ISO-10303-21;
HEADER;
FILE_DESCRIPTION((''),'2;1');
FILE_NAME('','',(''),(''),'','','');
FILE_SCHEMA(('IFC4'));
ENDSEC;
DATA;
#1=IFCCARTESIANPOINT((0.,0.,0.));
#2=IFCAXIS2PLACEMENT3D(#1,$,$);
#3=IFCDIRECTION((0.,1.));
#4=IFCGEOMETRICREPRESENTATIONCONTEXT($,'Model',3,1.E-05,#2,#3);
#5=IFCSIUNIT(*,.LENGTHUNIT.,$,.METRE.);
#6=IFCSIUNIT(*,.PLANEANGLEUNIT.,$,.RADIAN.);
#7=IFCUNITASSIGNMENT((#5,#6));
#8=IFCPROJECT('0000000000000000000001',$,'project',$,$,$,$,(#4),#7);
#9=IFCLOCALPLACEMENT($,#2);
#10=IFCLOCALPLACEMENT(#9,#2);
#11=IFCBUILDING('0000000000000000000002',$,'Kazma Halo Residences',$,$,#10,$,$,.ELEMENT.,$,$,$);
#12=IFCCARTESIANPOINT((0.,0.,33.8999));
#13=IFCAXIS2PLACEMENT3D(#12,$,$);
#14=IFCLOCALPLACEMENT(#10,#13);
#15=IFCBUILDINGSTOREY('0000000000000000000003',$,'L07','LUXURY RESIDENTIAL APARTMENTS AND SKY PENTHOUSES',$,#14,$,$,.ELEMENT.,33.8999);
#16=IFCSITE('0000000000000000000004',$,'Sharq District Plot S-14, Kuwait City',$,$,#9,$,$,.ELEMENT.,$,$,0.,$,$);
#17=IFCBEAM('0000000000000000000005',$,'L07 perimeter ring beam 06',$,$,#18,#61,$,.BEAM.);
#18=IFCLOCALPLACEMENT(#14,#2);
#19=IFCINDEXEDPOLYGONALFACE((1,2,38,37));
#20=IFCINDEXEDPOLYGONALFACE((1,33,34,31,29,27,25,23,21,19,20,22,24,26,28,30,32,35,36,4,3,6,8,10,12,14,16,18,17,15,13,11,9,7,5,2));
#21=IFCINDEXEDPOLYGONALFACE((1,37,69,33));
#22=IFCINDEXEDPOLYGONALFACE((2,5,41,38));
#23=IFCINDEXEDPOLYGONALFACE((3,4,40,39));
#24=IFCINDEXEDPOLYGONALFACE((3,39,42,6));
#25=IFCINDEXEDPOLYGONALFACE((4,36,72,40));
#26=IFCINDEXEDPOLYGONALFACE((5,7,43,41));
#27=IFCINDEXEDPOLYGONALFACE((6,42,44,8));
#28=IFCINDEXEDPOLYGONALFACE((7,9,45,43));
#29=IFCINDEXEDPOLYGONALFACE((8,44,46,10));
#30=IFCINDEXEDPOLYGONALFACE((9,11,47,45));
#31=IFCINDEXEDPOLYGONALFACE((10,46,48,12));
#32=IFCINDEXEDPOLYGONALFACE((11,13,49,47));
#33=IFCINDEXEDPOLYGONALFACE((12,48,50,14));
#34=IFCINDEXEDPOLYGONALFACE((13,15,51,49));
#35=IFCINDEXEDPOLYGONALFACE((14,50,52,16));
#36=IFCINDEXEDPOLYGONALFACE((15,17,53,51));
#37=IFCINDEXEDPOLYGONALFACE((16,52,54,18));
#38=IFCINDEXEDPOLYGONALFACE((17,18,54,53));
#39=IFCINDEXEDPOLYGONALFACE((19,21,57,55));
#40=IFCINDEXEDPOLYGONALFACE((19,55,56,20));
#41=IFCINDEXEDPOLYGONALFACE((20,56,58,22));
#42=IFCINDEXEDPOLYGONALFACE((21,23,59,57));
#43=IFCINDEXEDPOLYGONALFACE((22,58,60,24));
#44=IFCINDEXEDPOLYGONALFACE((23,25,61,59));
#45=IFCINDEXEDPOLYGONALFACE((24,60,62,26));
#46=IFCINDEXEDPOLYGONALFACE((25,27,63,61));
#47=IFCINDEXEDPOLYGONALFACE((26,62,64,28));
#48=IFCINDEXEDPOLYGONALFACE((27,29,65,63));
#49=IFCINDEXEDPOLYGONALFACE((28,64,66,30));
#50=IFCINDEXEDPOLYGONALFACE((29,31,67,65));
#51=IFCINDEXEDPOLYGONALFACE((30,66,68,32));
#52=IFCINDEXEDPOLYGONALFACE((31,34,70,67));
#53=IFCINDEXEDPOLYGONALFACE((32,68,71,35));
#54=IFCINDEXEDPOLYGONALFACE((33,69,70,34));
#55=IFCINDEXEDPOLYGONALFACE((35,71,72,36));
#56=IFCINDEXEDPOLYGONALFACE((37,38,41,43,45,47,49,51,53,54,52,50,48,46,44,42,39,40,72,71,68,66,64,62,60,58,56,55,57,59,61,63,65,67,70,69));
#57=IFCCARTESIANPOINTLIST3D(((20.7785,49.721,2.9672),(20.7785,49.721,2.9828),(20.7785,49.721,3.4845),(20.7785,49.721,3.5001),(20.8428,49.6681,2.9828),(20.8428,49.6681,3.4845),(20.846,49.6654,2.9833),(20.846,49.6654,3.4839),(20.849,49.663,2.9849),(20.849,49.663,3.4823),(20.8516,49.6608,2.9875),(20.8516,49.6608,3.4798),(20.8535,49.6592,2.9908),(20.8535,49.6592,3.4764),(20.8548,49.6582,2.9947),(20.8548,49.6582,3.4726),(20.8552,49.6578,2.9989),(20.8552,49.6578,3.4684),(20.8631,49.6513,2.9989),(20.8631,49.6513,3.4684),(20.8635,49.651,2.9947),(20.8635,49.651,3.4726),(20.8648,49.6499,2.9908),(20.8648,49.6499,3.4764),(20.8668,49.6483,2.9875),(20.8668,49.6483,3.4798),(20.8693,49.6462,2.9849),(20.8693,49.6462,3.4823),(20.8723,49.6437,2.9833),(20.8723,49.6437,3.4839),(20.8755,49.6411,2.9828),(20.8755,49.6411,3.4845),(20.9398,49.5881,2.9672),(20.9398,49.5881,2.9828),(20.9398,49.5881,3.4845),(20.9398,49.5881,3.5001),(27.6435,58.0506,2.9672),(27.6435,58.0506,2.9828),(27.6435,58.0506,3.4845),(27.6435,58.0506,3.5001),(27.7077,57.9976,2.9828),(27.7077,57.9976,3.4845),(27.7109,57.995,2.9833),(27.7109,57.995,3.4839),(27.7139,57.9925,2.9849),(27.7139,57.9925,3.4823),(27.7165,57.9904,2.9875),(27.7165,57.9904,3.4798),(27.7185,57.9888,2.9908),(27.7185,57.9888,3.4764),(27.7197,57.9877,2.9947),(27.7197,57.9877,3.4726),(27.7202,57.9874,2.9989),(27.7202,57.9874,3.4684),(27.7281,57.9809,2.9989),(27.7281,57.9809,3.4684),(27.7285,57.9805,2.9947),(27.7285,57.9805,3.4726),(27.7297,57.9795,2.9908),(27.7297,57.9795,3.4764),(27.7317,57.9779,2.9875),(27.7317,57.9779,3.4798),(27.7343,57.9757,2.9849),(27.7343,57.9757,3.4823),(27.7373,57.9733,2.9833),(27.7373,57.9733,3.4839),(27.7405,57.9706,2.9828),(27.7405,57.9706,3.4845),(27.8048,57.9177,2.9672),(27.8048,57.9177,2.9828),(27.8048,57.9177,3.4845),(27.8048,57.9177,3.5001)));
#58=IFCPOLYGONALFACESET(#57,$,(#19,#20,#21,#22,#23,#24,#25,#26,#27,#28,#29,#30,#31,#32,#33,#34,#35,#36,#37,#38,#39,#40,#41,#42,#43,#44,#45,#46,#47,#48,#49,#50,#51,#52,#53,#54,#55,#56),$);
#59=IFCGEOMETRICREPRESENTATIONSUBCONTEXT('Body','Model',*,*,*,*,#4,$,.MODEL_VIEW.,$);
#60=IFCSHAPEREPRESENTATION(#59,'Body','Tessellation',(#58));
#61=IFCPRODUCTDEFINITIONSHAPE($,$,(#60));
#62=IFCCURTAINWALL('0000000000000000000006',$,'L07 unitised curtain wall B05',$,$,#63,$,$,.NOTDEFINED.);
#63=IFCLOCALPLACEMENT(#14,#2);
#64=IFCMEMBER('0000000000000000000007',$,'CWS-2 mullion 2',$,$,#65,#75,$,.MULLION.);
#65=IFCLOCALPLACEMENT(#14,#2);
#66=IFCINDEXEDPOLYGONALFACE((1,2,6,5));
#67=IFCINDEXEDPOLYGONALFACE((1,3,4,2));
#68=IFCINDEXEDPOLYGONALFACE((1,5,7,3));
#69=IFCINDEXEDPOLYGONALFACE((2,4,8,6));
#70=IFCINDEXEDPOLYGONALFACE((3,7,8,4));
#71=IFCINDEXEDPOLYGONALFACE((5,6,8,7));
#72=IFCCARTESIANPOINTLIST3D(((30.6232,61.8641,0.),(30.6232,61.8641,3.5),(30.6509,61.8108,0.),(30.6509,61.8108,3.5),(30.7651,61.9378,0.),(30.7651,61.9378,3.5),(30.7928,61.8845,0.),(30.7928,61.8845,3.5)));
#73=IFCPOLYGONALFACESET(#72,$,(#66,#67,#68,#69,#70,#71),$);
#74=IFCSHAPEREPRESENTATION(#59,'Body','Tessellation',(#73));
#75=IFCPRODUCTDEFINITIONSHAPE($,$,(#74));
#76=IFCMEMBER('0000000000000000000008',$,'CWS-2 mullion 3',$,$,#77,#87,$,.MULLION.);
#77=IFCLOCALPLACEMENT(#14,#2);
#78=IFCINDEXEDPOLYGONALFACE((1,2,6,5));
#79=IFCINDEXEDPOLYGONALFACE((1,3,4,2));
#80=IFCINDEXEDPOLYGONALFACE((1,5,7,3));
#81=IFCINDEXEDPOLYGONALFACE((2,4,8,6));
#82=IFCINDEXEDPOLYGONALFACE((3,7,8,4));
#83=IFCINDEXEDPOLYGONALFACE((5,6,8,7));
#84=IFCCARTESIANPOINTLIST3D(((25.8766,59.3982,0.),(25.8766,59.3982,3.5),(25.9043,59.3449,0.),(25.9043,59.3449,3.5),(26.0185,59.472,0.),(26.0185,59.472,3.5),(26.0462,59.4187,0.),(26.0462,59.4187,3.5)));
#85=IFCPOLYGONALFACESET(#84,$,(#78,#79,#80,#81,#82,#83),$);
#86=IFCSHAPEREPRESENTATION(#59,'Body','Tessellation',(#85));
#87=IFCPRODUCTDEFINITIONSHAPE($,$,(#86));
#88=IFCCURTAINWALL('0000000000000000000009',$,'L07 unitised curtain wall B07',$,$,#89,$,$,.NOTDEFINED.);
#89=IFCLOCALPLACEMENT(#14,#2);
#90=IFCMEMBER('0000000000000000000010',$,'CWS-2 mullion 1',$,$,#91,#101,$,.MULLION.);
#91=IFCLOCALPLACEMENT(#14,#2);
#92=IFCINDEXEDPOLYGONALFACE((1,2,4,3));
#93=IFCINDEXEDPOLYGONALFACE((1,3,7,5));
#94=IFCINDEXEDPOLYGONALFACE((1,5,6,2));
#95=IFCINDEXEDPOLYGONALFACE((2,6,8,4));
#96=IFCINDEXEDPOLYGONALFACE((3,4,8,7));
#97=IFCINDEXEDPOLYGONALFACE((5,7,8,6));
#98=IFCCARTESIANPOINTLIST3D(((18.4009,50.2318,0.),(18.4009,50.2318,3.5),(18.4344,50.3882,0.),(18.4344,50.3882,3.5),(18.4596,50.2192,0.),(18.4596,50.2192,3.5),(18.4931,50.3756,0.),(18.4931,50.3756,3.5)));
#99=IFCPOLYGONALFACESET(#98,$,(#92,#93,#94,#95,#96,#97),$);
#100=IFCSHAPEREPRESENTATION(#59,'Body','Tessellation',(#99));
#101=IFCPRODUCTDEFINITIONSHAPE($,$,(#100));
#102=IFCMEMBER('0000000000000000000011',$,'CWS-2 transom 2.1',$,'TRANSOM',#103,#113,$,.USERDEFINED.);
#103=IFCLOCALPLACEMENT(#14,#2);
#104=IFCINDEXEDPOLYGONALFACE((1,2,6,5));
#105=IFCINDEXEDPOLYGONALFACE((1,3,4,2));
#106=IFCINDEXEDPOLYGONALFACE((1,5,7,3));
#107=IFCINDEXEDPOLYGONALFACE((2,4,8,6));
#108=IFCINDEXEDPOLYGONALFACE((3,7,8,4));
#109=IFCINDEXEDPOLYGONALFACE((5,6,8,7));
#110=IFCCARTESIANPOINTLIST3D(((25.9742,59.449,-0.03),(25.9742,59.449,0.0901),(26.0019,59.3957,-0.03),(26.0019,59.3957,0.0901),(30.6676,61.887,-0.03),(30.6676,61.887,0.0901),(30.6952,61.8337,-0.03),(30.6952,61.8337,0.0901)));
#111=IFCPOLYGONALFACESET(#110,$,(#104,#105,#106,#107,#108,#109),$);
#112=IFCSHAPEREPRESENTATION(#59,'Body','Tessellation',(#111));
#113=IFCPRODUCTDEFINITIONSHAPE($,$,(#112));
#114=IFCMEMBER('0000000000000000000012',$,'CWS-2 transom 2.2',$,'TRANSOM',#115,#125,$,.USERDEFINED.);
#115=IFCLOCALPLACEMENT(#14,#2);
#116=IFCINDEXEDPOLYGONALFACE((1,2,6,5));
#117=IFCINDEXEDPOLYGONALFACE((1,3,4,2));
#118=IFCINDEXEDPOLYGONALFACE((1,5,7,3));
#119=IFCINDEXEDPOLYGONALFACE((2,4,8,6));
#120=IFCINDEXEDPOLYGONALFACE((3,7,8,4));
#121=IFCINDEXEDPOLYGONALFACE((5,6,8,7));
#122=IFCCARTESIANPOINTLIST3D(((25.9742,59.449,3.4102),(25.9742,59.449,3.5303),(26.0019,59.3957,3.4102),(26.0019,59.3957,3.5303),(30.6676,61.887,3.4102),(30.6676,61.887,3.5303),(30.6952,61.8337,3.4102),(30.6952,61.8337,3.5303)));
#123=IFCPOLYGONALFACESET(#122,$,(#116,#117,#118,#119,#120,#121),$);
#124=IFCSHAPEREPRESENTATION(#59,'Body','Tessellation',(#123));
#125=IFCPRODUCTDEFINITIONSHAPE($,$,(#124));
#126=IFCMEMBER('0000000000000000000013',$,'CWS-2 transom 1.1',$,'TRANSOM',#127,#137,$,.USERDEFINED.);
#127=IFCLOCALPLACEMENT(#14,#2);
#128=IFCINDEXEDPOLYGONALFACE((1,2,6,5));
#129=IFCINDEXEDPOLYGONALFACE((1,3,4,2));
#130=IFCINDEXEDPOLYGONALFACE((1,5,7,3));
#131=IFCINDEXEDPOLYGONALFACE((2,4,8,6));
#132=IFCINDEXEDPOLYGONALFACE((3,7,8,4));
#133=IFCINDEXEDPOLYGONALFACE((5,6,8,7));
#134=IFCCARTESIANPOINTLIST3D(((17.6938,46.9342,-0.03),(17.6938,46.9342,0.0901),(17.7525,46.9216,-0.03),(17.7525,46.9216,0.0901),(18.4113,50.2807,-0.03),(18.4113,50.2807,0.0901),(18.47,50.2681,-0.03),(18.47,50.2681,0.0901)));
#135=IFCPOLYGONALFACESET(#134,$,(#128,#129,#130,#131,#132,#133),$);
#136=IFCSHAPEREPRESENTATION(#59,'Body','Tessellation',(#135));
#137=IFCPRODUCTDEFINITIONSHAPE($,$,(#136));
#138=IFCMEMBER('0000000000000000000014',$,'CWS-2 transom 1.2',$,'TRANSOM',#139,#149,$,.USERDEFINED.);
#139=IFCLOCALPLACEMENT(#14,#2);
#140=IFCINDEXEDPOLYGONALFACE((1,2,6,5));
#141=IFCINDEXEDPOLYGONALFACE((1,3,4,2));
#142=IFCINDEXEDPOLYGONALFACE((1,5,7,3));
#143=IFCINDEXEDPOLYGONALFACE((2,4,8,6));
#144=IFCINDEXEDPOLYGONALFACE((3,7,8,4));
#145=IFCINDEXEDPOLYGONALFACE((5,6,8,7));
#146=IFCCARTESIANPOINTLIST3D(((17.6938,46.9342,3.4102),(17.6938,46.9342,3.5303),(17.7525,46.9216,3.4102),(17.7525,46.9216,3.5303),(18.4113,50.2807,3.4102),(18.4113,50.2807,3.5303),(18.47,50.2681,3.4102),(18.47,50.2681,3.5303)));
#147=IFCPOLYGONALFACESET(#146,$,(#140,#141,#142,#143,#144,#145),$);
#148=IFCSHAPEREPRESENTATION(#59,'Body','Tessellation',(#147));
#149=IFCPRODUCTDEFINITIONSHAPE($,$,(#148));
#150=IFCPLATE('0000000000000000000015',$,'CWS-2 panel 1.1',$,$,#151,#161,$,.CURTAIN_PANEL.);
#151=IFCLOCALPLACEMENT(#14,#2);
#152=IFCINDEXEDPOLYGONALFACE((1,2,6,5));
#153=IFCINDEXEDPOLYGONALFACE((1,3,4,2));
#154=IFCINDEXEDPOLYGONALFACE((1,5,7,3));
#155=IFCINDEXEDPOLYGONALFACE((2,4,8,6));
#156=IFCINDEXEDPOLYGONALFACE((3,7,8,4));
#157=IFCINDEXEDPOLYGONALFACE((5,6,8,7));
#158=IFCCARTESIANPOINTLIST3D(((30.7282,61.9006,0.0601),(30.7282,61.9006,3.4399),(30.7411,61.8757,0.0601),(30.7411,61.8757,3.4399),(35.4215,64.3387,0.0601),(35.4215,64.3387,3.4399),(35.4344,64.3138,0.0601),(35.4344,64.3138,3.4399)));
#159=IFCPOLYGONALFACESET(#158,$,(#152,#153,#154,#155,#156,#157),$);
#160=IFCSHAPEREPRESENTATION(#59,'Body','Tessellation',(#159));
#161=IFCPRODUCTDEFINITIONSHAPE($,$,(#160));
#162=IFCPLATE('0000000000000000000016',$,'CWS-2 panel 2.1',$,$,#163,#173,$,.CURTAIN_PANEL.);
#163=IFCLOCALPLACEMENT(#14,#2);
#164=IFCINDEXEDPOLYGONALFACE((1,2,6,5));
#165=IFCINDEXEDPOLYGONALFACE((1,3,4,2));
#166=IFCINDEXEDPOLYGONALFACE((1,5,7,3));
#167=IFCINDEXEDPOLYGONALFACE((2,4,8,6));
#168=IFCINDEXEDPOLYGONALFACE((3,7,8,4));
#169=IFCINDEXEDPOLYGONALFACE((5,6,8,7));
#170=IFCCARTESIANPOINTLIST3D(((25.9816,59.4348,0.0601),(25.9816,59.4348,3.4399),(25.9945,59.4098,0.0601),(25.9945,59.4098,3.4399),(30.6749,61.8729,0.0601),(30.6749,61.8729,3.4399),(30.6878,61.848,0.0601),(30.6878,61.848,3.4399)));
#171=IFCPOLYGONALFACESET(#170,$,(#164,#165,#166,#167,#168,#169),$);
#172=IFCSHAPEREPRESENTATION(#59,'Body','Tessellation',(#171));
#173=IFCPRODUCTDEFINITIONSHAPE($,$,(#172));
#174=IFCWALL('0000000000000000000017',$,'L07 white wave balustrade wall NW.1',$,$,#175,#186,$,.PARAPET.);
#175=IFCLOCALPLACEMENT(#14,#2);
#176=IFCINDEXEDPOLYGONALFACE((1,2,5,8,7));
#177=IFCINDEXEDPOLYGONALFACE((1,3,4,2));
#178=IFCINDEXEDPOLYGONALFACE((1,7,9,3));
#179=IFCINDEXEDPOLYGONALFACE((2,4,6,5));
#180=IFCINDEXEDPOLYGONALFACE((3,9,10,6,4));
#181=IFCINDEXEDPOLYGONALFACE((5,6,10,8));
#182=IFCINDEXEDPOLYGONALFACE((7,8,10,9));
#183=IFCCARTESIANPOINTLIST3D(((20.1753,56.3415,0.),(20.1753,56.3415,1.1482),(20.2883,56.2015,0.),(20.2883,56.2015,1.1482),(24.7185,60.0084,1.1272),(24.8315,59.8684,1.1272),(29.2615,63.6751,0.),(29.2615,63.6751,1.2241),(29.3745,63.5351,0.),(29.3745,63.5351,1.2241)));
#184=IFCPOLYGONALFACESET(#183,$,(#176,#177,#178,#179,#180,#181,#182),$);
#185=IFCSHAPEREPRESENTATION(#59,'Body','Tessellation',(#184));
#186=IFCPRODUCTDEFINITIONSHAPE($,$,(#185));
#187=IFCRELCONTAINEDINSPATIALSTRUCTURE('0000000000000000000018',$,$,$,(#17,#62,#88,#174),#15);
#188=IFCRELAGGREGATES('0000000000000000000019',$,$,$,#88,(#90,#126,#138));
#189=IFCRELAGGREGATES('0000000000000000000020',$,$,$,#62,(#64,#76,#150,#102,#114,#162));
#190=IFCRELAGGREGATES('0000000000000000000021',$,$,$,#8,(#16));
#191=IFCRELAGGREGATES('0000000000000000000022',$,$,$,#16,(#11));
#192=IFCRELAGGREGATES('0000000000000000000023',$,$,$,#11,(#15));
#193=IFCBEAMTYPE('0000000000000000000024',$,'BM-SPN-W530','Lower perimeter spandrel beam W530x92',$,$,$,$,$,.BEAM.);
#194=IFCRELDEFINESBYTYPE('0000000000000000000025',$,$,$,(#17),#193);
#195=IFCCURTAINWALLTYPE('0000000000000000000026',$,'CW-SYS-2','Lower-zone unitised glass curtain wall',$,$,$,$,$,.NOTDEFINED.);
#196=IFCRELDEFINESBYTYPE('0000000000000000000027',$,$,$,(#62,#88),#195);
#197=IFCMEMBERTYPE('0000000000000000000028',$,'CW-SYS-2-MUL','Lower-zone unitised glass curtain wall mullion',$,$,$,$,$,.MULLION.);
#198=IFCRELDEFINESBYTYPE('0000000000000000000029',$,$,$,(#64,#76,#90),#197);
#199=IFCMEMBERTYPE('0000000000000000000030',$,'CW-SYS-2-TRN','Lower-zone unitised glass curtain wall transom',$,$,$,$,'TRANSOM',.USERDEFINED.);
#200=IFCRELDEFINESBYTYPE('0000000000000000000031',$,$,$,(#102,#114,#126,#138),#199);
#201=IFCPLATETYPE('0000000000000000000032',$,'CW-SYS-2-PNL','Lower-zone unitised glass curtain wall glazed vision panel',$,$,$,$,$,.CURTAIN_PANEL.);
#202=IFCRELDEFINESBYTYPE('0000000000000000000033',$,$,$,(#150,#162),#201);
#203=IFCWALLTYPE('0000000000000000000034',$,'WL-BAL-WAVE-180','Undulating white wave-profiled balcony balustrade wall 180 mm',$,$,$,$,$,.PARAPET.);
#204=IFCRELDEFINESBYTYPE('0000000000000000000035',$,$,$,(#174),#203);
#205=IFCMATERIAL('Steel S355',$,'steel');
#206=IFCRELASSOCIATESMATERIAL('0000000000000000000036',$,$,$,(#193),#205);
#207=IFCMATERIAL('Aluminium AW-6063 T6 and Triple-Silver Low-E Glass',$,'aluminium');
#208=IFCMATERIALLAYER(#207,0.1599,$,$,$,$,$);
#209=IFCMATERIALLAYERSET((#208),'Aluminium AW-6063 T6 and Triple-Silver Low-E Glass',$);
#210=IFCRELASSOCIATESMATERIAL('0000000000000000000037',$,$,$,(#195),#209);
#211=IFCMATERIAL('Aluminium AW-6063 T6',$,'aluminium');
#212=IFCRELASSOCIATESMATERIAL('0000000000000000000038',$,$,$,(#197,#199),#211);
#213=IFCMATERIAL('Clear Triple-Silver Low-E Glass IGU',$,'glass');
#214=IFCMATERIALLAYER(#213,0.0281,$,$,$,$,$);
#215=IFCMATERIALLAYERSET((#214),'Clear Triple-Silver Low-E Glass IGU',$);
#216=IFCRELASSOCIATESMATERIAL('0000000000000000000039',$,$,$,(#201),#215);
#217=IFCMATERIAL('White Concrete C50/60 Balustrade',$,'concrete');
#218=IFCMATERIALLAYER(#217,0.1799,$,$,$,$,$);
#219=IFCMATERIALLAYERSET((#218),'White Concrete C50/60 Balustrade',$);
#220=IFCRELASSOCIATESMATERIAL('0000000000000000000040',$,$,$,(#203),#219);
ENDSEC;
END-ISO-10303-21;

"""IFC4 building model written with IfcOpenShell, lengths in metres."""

from ifc_helpers import new_model, si_unit, direction, frame, origin, origin_2d, place, context, subcontext, project, spatial, polyline, rectangle, i_section, outline, extrude, material, layer, layer_set, material_profile, profile_set, type_object, element, aggregate, save


model = new_model("IFC4")

# Units and contexts
model_context = context("Model", 3, precision=1e-05, world=origin(), true_north=direction((0.0, 1.0)))
body_context = subcontext(model_context, "Body", "Model", "MODEL_VIEW")
ifc_project = project(units=[si_unit("LENGTHUNIT", "METRE"), si_unit("PLANEANGLEUNIT", "RADIAN")], contexts=[model_context])

# Site, building, storey
site_placement = place(None, origin())
site = spatial("IfcSite", under=ifc_project, at=site_placement, Name="Sharq District Plot S-14, Kuwait City", CompositionType="ELEMENT", RefElevation=0.0)
building_placement = place(site_placement, origin())
building = spatial("IfcBuilding", under=site, at=building_placement, Name="Kazma Halo Residences", CompositionType="ELEMENT")
storey_placement = place(building_placement, frame((0.0, 0.0, 33.8999)))
storey = spatial("IfcBuildingStorey", under=building, at=storey_placement, Name="L07", Description="LUXURY RESIDENTIAL APARTMENTS AND SKY PENTHOUSES", CompositionType="ELEMENT", Elevation=33.8999)

# Beam
ifc_material_1 = material(Name="Steel S355", Category="steel")
ifc_material_profile_1 = material_profile(ifc_material_1, i_section(OverallWidth=0.209, OverallDepth=0.533, WebThickness=0.0103, FlangeThickness=0.0156, FilletRadius=0.0161, at=origin_2d()), Name="W530x92")
ifc_profile_set_1 = profile_set([ifc_material_profile_1], Name="Steel S355")
beam_type_1 = type_object("IfcBeamType", Name="BM-SPN-W530", Description="Lower perimeter spandrel beam W530x92", PredefinedType="BEAM", material=ifc_profile_set_1)
beam_1_placement = place(storey_placement, frame((27.7241, 57.9841, 3.2336), z_axis=(-0.636001, -0.771688, 0.0), x_axis=(0.771688, -0.636001, 0.0)))
element("IfcBeam", 1, at=beam_1_placement, inside=storey, type_object=beam_type_1, Name="L07 perimeter ring beam 06", PredefinedType="BEAM", context=body_context, shape_type="SweptSolid", body=[
    extrude(i_section(OverallWidth=0.209, OverallDepth=0.533, WebThickness=0.0103, FlangeThickness=0.0156, FilletRadius=0.0161, at=origin_2d()), origin(), (0.0, 0.0, 1.0), 10.7939),
])

# Curtain wall, members
ifc_material_2 = material(Name="Aluminium AW-6063 T6 and Triple-Silver Low-E Glass", Category="aluminium")
ifc_layer_1 = layer(ifc_material_2, 0.1599)
ifc_layer_set_1 = layer_set([ifc_layer_1], Name="Aluminium AW-6063 T6 and Triple-Silver Low-E Glass")
curtain_wall_type = type_object("IfcCurtainWallType", Name="CW-SYS-2", Description="Lower-zone unitised glass curtain wall", PredefinedType="NOTDEFINED", material=ifc_layer_set_1)
curtain_wall_1_placement = place(storey_placement, origin())
curtain_wall_1 = element("IfcCurtainWall", 2, at=curtain_wall_1_placement, inside=storey, type_object=curtain_wall_type, Name="L07 unitised curtain wall B05", PredefinedType="NOTDEFINED")
ifc_material_3 = material(Name="Aluminium AW-6063 T6", Category="aluminium")
ifc_material_profile_2 = material_profile(ifc_material_3, rectangle(XDim=0.0601, YDim=0.1599, at=origin_2d()), Name="CWM-60x160")
ifc_profile_set_2 = profile_set([ifc_material_profile_2], Name="Aluminium AW-6063 T6")
member_type_1 = type_object("IfcMemberType", Name="CW-SYS-2-MUL", Description="Lower-zone unitised glass curtain wall mullion", PredefinedType="MULLION", material=ifc_profile_set_2)
member_1_placement = place(storey_placement, frame((30.708, 61.8743, 0.0), z_axis=(0.0, 0.0, 1.0), x_axis=(0.460996, -0.887402, 0.0)))
member_1 = element("IfcMember", 3, at=member_1_placement, type_object=member_type_1, Name="CWS-2 mullion 2", PredefinedType="MULLION", context=body_context, shape_type="SweptSolid", body=[
    extrude(rectangle(XDim=0.0601, YDim=0.1599, at=origin_2d()), origin(), (0.0, 0.0, 1.0), 3.5),
])
member_2_placement = place(storey_placement, frame((25.9614, 59.4084, 0.0), z_axis=(0.0, 0.0, 1.0), x_axis=(0.460996, -0.887402, 0.0)))
member_2 = element("IfcMember", 4, at=member_2_placement, type_object=member_type_1, Name="CWS-2 mullion 3", PredefinedType="MULLION", context=body_context, shape_type="SweptSolid", body=[
    extrude(rectangle(XDim=0.0601, YDim=0.1599, at=origin_2d()), origin(), (0.0, 0.0, 1.0), 3.5),
])

# Curtain wall, member
curtain_wall_2_placement = place(storey_placement, origin())
curtain_wall_2 = element("IfcCurtainWall", 5, at=curtain_wall_2_placement, inside=storey, type_object=curtain_wall_type, Name="L07 unitised curtain wall B07", PredefinedType="NOTDEFINED")
member_3_placement = place(storey_placement, frame((18.447, 50.3037, 0.0), z_axis=(0.0, 0.0, 1.0), x_axis=(0.977779, -0.209637, 0.0)))
member_3 = element("IfcMember", 6, at=member_3_placement, type_object=member_type_1, Name="CWS-2 mullion 1", PredefinedType="MULLION", context=body_context, shape_type="SweptSolid", body=[
    extrude(rectangle(XDim=0.0601, YDim=0.1599, at=origin_2d()), origin(), (0.0, 0.0, 1.0), 3.5),
])

# Members
ifc_material_profile_3 = material_profile(ifc_material_3, rectangle(XDim=0.0601, YDim=0.1201, at=origin_2d()), Name="CWT-60x120")
ifc_profile_set_3 = profile_set([ifc_material_profile_3], Name="Aluminium AW-6063 T6")
member_type_2 = type_object("IfcMemberType", Name="CW-SYS-2-TRN", Description="Lower-zone unitised glass curtain wall transom", ElementType="TRANSOM", PredefinedType="USERDEFINED", material=ifc_profile_set_3)
member_4_placement = place(storey_placement, frame((30.6814, 61.8604, 0.03), z_axis=(-0.887415, -0.460972, 0.0), x_axis=(0.460972, -0.887415, 0.0)))
member_4 = element("IfcMember", 7, at=member_4_placement, type_object=member_type_2, Name="CWS-2 transom 2.1", ObjectType="TRANSOM", PredefinedType="USERDEFINED", context=body_context, shape_type="SweptSolid", body=[
    extrude(rectangle(XDim=0.0601, YDim=0.1201, at=origin_2d()), origin(), (0.0, 0.0, 1.0), 5.2888),
])
member_5_placement = place(storey_placement, frame((30.6814, 61.8604, 3.4702), z_axis=(-0.887415, -0.460972, 0.0), x_axis=(0.460972, -0.887415, 0.0)))
member_5 = element("IfcMember", 8, at=member_5_placement, type_object=member_type_2, Name="CWS-2 transom 2.2", ObjectType="TRANSOM", PredefinedType="USERDEFINED", context=body_context, shape_type="SweptSolid", body=[
    extrude(rectangle(XDim=0.0601, YDim=0.1201, at=origin_2d()), origin(), (0.0, 0.0, 1.0), 5.2888),
])
member_6_placement = place(storey_placement, frame((18.4407, 50.2744, 0.03), z_axis=(-0.209651, -0.977776, 0.0), x_axis=(0.977776, -0.209651, 0.0)))
member_6 = element("IfcMember", 9, at=member_6_placement, type_object=member_type_2, Name="CWS-2 transom 1.1", ObjectType="TRANSOM", PredefinedType="USERDEFINED", context=body_context, shape_type="SweptSolid", body=[
    extrude(rectangle(XDim=0.0601, YDim=0.1201, at=origin_2d()), origin(), (0.0, 0.0, 1.0), 3.4226),
])
member_7_placement = place(storey_placement, frame((18.4407, 50.2744, 3.4702), z_axis=(-0.209651, -0.977776, 0.0), x_axis=(0.977776, -0.209651, 0.0)))
member_7 = element("IfcMember", 10, at=member_7_placement, type_object=member_type_2, Name="CWS-2 transom 1.2", ObjectType="TRANSOM", PredefinedType="USERDEFINED", context=body_context, shape_type="SweptSolid", body=[
    extrude(rectangle(XDim=0.0601, YDim=0.1201, at=origin_2d()), origin(), (0.0, 0.0, 1.0), 3.4226),
])
aggregate(curtain_wall_2, [member_3, member_6, member_7])

# Plates
ifc_material_4 = material(Name="Clear Triple-Silver Low-E Glass IGU", Category="glass")
ifc_layer_2 = layer(ifc_material_4, 0.0281)
ifc_layer_set_2 = layer_set([ifc_layer_2], Name="Clear Triple-Silver Low-E Glass IGU")
plate_type = type_object("IfcPlateType", Name="CW-SYS-2-PNL", Description="Lower-zone unitised glass curtain wall glazed vision panel", PredefinedType="CURTAIN_PANEL", material=ifc_layer_set_2)
plate_1_placement = place(storey_placement, frame((33.0813, 63.1072, 0.0601), z_axis=(0.0, 0.0, 1.0), x_axis=(-0.887402, -0.460996, 0.0)))
plate_1 = element("IfcPlate", 11, at=plate_1_placement, type_object=plate_type, Name="CWS-2 panel 1.1", PredefinedType="CURTAIN_PANEL", context=body_context, shape_type="SweptSolid", body=[
    extrude(rectangle(XDim=5.2888, YDim=0.0281, at=origin_2d()), origin(), (0.0, 0.0, 1.0), 3.3799),
])
plate_2_placement = place(storey_placement, frame((28.3347, 60.6414, 0.0601), z_axis=(0.0, 0.0, 1.0), x_axis=(-0.887402, -0.460996, 0.0)))
plate_2 = element("IfcPlate", 12, at=plate_2_placement, type_object=plate_type, Name="CWS-2 panel 2.1", PredefinedType="CURTAIN_PANEL", context=body_context, shape_type="SweptSolid", body=[
    extrude(rectangle(XDim=5.2888, YDim=0.0281, at=origin_2d()), origin(), (0.0, 0.0, 1.0), 3.3799),
])
aggregate(curtain_wall_1, [member_1, member_2, plate_1, member_4, member_5, plate_2])

# Wall
ifc_material_5 = material(Name="White Concrete C50/60 Balustrade", Category="concrete")
ifc_layer_3 = layer(ifc_material_5, 0.1799)
ifc_layer_set_3 = layer_set([ifc_layer_3], Name="White Concrete C50/60 Balustrade")
wall_type_1 = type_object("IfcWallType", Name="WL-BAL-WAVE-180", Description="Undulating white wave-profiled balcony balustrade wall 180 mm", PredefinedType="PARAPET", material=ifc_layer_set_3)
wall_1_placement = place(storey_placement, frame((29.3181, 63.605, 0.0), z_axis=(0.0, 0.0, 1.0), x_axis=(-0.778165, -0.62806, 0.0)))
element("IfcWall", 13, at=wall_1_placement, inside=storey, type_object=wall_type_1, Name="L07 white wave balustrade wall NW.1", PredefinedType="PARAPET", context=body_context, shape_type="SweptSolid", body=[
    extrude(outline(polyline([(0.0, 0.0), (11.6765, 0.0), (11.6765, 1.1482), (5.8381, 1.1272), (0.0, 1.2241), (0.0, 0.0)])), frame((0.0, 0.0898, 0.0), z_axis=(0.0, -1.0, 0.0), x_axis=(1.0, 0.0, 0.0)), (0.0, 0.0, 1.0), 0.1799),
])

save(model, "model.ifc")
